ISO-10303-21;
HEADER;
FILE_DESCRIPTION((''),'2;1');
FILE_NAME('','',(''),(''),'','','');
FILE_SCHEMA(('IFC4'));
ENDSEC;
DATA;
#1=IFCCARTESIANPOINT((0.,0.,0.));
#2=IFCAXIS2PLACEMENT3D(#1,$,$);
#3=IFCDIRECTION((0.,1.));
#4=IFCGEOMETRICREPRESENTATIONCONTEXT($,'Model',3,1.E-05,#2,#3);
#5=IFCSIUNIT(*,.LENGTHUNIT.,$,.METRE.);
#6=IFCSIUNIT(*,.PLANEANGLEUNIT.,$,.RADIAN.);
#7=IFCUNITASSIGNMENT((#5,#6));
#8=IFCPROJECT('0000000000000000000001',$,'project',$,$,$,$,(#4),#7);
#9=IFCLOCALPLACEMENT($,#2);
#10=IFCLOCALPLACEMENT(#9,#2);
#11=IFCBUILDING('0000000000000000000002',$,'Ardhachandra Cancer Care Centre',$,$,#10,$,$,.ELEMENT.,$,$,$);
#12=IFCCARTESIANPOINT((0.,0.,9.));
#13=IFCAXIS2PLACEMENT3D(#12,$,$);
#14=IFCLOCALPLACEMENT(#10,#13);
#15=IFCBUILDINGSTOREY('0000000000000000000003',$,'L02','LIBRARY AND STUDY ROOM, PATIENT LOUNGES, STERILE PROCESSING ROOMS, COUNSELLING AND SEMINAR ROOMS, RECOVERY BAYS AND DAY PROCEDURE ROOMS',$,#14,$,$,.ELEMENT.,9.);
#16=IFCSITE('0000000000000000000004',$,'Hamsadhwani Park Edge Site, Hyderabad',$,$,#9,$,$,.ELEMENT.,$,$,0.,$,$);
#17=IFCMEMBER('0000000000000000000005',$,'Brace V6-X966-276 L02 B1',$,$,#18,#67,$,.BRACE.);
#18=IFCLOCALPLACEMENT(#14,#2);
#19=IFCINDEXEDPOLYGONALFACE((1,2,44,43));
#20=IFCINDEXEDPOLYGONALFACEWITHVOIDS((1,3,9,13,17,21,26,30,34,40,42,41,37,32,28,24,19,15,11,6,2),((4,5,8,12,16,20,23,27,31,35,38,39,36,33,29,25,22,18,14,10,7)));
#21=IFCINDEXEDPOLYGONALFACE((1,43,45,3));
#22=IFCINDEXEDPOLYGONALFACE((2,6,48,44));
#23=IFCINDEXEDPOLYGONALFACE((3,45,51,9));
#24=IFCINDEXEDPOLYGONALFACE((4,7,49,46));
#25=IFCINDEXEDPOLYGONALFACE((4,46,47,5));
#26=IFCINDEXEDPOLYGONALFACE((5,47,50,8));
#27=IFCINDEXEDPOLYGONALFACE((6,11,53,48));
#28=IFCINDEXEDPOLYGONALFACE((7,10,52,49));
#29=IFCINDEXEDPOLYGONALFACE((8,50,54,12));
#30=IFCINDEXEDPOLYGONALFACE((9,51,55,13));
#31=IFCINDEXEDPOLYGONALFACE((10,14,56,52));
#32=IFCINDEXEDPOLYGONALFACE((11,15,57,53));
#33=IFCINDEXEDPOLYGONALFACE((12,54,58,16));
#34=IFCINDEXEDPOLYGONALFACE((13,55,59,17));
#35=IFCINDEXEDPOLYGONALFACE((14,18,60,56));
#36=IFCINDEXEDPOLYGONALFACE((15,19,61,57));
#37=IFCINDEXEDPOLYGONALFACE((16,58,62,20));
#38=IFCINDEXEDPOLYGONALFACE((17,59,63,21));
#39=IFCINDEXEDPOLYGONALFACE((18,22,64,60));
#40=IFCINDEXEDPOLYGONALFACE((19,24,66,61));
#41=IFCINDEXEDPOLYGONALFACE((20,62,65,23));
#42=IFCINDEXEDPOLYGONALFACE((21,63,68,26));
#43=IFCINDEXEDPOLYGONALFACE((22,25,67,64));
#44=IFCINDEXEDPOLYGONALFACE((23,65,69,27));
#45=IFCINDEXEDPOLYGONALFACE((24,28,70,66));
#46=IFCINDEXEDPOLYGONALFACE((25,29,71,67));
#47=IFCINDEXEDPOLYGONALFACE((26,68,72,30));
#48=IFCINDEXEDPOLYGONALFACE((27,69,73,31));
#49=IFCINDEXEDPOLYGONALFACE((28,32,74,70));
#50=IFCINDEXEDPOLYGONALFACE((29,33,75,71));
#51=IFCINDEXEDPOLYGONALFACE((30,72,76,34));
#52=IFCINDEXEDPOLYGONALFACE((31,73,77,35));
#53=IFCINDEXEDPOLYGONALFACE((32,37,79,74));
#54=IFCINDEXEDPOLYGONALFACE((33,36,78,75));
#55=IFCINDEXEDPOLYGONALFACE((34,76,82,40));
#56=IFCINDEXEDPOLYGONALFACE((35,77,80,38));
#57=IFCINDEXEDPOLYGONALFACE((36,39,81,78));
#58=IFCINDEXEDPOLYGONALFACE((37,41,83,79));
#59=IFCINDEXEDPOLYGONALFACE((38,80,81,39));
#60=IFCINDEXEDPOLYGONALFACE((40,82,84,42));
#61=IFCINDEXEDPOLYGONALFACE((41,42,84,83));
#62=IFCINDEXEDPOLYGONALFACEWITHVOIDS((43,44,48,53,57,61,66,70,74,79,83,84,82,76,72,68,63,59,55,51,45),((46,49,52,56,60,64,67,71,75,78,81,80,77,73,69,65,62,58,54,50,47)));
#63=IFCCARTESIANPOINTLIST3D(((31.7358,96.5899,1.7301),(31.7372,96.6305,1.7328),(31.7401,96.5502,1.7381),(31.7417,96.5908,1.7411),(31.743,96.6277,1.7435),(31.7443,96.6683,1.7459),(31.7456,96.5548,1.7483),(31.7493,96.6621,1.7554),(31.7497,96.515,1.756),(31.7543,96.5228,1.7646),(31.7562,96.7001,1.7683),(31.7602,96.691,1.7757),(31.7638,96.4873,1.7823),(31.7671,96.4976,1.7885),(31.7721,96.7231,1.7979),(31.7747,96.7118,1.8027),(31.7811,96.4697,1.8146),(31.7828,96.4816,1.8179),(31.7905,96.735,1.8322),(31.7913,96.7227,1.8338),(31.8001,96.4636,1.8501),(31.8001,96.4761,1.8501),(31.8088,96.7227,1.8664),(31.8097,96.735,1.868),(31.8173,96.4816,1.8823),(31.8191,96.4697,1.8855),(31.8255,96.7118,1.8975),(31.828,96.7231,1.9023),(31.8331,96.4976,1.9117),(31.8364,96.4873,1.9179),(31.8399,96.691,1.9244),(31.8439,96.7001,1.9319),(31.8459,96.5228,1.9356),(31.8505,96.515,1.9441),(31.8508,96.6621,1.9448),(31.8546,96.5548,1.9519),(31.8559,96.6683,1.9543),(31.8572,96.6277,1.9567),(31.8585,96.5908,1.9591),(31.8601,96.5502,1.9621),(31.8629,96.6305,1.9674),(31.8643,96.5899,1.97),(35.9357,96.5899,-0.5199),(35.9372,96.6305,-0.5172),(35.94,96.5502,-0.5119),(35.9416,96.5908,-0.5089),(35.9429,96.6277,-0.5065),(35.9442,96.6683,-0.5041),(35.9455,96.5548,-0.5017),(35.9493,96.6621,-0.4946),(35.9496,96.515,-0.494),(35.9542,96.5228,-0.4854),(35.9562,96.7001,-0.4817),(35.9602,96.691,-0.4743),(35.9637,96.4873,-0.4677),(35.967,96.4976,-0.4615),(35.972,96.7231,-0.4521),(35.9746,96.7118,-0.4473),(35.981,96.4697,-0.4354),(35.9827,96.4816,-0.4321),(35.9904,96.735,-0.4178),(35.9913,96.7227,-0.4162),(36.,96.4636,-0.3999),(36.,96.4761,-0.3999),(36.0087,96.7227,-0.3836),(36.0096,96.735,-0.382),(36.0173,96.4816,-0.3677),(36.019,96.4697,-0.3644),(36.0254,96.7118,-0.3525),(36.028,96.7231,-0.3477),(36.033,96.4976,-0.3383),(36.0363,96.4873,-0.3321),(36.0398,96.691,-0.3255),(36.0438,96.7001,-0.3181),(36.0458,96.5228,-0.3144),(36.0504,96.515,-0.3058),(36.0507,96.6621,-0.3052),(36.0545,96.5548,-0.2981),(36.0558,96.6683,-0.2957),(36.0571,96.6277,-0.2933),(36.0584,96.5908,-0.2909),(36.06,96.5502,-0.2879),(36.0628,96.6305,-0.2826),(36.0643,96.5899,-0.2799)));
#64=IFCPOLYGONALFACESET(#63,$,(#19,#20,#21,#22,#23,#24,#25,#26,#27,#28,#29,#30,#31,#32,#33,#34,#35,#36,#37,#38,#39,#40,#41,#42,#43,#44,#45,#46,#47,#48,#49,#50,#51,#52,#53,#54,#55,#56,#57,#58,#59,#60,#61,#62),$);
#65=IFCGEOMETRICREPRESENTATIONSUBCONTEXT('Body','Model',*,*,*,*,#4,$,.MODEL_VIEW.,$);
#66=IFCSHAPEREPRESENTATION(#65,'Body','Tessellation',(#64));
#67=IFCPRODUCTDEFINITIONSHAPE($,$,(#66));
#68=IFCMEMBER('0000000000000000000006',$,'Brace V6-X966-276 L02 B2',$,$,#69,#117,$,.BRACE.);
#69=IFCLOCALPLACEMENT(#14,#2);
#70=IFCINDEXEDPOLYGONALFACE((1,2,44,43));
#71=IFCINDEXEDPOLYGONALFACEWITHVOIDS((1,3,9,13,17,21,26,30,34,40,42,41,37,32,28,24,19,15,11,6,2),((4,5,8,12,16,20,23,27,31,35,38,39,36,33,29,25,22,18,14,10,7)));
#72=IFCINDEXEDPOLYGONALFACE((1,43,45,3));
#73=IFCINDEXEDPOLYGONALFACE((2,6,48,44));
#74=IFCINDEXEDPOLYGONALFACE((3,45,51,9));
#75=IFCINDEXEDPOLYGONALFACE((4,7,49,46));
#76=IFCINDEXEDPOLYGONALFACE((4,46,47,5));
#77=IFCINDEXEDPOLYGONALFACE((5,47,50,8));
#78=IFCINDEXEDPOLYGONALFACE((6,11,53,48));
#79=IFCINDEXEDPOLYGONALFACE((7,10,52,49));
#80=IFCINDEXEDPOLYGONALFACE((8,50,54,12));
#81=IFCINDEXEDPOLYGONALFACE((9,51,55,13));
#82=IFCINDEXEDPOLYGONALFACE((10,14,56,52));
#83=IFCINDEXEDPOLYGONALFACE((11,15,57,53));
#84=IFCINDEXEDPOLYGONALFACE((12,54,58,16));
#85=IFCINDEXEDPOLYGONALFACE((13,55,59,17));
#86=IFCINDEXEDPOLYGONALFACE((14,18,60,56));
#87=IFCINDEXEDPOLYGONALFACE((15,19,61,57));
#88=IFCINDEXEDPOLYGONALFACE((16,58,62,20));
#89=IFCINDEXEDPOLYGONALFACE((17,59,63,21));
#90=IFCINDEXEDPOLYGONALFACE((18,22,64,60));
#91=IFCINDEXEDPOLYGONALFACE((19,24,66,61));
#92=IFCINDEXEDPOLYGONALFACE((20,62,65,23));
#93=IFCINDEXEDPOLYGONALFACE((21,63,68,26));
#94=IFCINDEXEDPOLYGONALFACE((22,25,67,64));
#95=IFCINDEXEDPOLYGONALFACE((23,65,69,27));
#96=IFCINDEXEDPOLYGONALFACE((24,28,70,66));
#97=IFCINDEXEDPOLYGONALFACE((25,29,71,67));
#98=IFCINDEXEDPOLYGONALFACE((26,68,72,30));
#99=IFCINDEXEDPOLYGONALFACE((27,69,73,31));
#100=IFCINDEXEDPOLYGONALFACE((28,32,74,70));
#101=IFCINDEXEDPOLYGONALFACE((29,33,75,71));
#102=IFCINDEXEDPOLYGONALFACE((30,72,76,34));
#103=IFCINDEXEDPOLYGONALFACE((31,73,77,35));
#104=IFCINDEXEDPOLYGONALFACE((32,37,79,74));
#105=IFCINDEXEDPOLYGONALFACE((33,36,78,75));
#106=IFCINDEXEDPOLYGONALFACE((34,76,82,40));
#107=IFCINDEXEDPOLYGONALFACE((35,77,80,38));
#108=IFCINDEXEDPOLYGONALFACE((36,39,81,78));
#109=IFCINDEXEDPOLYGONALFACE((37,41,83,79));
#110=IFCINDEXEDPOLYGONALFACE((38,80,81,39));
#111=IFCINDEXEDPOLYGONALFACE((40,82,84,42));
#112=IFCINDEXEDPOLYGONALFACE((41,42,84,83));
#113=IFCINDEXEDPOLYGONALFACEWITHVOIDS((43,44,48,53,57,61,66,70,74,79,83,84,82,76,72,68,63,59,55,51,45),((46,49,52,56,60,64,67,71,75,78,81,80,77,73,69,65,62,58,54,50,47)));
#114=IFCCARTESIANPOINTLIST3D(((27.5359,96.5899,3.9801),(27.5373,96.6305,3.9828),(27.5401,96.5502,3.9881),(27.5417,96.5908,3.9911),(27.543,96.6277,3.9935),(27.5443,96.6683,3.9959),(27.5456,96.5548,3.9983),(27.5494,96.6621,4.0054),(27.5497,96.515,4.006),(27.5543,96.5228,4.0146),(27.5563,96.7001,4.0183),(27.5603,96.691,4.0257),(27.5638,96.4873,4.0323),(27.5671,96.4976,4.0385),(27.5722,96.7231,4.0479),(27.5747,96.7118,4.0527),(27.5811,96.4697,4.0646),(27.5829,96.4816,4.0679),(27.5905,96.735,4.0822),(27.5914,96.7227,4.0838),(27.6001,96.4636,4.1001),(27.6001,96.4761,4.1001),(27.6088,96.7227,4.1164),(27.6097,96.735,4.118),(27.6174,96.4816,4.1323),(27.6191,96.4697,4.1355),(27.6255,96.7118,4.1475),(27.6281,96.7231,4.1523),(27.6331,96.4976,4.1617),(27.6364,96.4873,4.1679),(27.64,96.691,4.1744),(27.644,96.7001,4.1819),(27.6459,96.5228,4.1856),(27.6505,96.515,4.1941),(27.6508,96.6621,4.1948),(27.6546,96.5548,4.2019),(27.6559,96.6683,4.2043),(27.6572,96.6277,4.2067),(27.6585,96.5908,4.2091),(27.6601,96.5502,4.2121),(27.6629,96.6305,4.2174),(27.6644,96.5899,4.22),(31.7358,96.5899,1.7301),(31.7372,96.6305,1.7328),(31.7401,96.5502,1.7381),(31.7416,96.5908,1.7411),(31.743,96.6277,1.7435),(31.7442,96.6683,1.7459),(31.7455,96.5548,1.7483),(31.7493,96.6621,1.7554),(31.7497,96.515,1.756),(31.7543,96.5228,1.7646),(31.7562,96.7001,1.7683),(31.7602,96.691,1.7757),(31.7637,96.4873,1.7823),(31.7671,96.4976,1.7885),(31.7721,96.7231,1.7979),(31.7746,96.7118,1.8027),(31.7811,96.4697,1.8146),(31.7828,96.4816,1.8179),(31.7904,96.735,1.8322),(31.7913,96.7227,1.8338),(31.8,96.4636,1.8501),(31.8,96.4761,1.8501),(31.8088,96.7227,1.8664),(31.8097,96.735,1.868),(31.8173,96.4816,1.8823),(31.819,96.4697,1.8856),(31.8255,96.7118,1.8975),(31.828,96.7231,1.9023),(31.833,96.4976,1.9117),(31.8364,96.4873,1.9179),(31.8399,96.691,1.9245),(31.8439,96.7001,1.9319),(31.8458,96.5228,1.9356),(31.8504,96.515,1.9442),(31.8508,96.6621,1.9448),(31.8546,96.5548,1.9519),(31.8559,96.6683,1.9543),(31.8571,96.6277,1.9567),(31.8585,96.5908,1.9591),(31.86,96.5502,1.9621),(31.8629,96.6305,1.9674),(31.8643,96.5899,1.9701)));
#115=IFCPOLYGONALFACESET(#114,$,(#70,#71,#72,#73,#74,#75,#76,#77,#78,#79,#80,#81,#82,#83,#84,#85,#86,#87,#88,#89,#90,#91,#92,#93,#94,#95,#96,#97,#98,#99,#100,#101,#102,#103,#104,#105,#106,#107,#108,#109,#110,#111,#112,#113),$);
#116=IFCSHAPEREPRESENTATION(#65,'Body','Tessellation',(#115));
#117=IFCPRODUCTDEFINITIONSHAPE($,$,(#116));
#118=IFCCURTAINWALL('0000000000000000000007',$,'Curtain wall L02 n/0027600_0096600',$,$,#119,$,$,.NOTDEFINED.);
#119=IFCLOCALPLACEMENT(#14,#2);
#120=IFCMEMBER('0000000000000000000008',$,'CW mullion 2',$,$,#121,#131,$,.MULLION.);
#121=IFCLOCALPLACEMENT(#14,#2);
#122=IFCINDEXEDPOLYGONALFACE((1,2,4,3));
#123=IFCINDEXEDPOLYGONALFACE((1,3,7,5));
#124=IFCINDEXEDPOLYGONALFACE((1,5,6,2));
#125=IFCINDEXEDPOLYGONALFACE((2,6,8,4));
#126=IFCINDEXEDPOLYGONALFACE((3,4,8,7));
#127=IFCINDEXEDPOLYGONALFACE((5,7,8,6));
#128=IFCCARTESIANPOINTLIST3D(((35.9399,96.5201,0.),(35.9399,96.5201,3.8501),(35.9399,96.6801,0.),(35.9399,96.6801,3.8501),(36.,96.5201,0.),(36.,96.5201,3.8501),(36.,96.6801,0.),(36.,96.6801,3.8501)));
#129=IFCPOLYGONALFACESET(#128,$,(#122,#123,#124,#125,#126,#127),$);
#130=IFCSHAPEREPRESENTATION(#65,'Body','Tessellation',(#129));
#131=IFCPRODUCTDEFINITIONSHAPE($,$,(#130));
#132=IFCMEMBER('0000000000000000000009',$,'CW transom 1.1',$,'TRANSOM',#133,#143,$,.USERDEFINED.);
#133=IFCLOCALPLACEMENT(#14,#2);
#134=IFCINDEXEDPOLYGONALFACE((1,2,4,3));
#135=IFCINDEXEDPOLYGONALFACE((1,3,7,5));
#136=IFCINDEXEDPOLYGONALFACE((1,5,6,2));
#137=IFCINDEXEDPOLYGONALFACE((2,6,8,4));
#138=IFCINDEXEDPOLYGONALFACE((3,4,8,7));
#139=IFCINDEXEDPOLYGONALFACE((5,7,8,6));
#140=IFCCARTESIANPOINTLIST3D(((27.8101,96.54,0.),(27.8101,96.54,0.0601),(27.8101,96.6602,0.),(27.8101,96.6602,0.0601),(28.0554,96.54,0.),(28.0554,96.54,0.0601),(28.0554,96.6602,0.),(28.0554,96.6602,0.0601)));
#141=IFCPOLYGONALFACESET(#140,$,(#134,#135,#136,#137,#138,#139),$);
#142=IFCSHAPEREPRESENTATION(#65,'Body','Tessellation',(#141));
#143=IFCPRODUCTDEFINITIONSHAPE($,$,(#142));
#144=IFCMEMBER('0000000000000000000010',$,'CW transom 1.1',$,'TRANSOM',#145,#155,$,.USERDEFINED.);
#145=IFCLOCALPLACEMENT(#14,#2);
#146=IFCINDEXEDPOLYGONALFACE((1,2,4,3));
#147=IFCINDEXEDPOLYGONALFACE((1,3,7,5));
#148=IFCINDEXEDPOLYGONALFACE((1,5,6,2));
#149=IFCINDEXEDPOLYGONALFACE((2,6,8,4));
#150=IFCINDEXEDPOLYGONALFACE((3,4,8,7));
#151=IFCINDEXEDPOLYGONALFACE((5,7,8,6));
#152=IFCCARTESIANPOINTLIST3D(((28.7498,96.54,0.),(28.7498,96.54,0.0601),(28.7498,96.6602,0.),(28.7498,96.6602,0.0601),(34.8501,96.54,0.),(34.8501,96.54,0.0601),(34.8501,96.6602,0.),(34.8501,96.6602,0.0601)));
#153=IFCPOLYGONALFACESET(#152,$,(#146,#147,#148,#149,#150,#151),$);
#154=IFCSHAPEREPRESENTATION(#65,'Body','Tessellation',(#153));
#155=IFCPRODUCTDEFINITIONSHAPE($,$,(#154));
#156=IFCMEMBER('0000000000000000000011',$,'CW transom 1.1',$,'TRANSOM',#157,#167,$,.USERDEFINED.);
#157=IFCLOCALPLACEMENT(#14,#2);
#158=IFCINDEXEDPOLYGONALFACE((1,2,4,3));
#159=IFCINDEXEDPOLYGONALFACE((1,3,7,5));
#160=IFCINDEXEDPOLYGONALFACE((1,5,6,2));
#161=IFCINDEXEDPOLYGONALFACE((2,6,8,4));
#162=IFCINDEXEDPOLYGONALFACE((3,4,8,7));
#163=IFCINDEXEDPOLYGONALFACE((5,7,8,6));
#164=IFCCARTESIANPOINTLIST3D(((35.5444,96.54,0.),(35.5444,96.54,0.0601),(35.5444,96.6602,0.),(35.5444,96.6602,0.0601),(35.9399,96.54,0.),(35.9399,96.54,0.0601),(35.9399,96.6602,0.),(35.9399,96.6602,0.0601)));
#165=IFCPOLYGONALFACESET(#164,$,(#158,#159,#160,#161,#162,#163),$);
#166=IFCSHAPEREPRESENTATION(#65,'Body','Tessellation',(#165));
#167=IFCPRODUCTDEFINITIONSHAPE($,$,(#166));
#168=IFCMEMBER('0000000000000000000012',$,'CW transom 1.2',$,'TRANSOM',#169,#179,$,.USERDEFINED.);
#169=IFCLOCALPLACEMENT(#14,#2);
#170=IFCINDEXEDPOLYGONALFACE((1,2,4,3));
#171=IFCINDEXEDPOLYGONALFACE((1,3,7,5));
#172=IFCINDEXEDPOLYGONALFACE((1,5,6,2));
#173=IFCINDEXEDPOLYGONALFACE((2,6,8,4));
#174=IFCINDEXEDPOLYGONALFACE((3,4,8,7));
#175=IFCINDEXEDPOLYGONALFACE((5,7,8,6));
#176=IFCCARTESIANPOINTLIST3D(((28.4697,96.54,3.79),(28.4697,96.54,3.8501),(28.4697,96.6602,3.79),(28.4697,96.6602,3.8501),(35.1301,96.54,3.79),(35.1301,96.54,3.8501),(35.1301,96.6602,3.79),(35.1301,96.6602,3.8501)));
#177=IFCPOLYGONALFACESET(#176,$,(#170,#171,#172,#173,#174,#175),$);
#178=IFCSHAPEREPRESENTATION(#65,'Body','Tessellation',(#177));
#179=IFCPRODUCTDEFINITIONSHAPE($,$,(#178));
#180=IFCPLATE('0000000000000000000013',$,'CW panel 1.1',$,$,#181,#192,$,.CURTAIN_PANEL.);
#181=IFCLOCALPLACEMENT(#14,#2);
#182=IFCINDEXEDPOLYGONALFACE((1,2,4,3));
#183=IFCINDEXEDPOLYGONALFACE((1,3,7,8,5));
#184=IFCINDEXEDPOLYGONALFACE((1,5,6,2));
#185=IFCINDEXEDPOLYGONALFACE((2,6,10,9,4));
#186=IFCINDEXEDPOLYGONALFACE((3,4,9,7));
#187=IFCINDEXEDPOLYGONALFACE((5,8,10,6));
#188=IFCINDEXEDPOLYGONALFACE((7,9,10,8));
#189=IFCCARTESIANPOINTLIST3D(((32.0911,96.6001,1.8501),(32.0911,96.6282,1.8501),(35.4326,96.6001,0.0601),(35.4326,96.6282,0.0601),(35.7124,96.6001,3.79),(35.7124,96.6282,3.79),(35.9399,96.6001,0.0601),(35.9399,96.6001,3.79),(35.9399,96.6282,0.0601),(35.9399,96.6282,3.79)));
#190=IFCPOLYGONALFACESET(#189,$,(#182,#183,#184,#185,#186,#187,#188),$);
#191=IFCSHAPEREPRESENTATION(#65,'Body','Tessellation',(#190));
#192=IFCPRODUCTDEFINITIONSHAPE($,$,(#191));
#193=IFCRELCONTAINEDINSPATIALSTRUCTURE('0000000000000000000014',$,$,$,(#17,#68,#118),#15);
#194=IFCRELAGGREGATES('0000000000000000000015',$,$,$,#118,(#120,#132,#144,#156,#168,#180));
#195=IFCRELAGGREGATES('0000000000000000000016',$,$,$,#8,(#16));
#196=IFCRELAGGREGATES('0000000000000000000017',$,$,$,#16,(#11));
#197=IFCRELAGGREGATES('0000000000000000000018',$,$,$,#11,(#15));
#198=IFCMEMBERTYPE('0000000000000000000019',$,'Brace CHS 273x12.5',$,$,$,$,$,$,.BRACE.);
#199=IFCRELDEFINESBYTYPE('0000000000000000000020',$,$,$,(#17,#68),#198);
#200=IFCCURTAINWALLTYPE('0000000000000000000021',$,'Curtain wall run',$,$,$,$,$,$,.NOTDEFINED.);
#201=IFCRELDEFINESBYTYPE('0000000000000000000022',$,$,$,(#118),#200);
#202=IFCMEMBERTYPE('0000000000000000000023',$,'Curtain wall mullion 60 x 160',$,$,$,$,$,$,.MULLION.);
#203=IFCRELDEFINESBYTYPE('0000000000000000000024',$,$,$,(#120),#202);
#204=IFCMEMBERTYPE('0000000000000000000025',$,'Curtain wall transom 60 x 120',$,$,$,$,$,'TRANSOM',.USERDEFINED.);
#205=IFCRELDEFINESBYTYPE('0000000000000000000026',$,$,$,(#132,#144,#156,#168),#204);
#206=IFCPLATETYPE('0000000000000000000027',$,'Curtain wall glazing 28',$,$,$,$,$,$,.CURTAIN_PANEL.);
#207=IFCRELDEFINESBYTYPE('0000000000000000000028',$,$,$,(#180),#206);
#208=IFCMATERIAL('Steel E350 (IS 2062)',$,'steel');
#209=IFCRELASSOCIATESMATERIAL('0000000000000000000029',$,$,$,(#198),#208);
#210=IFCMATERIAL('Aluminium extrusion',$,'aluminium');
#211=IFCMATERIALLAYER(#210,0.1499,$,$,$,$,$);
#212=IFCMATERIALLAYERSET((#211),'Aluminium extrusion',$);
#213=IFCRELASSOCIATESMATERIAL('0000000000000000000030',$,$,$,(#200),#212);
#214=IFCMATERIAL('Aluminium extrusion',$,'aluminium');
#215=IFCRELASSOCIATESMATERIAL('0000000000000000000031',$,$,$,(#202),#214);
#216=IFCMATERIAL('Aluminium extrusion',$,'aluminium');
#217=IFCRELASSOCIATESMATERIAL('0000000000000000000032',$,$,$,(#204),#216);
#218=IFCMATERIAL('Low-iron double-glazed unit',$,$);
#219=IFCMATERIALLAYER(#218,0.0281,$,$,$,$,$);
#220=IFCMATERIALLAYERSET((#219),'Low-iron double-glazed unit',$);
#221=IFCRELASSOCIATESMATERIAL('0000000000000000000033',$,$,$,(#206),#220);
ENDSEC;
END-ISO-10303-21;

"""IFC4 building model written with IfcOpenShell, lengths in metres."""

from ifc_helpers import new_model, si_unit, direction, frame, origin, origin_2d, place, context, subcontext, project, spatial, polyline, rectangle, hollow_circle, outline, extrude, material, layer, layer_set, material_profile, profile_set, type_object, element, aggregate, save


model = new_model("IFC4")

# Units and contexts
model_context = context("Model", 3, precision=1e-05, world=origin(), true_north=direction((0.0, 1.0)))
body_context = subcontext(model_context, "Body", "Model", "MODEL_VIEW")
ifc_project = project(units=[si_unit("LENGTHUNIT", "METRE"), si_unit("PLANEANGLEUNIT", "RADIAN")], contexts=[model_context])

# Site, building, storey
site_placement = place(None, origin())
site = spatial("IfcSite", under=ifc_project, at=site_placement, Name="Hamsadhwani Park Edge Site, Hyderabad", CompositionType="ELEMENT", RefElevation=0.0)
building_placement = place(site_placement, origin())
building = spatial("IfcBuilding", under=site, at=building_placement, Name="Ardhachandra Cancer Care Centre", CompositionType="ELEMENT")
storey_placement = place(building_placement, frame((0.0, 0.0, 9.0)))
storey = spatial("IfcBuildingStorey", under=building, at=storey_placement, Name="L02", Description="LIBRARY AND STUDY ROOM, PATIENT LOUNGES, STERILE PROCESSING ROOMS, COUNSELLING AND SEMINAR ROOMS, RECOVERY BAYS AND DAY PROCEDURE ROOMS", CompositionType="ELEMENT", Elevation=9.0)

# Members
ifc_material_1 = material(Name="Steel E350 (IS 2062)", Category="steel")
ifc_material_profile_1 = material_profile(ifc_material_1, hollow_circle(Radius=0.1365, WallThickness=0.0125, at=origin_2d()), Name="CHS 273x12.5")
ifc_profile_set_1 = profile_set([ifc_material_profile_1], Name="Steel E350 (IS 2062)")
member_type_1 = type_object("IfcMemberType", Name="Brace CHS 273x12.5", PredefinedType="BRACE", material=ifc_profile_set_1)
for number, where, z_axis, x_axis, name in (
    (1, (36.0, 96.6001, -0.3999), (-0.881478, 0.0, 0.472226), (0.0, -1.0, 0.0), "Brace V6-X966-276 L02 B1"),
    (2, (31.8, 96.6001, 1.8501), (-0.881478, 0.0, 0.472226), (0.0, -1.0, 0.0), "Brace V6-X966-276 L02 B2"),
):
    element("IfcMember", number, at=place(storey_placement, frame(where, z_axis=z_axis, x_axis=x_axis)), inside=storey, type_object=member_type_1, Name=name, PredefinedType="BRACE", context=body_context, shape_type="SweptSolid", body=[
        extrude(hollow_circle(Radius=0.1365, WallThickness=0.0125, at=origin_2d()), origin(), (0.0, 0.0, 1.0), 4.7646),
    ])

# Curtain wall, members, plate
ifc_material_2 = material(Name="Aluminium extrusion", Category="aluminium")
ifc_layer_1 = layer(ifc_material_2, 0.1499)
ifc_layer_set_1 = layer_set([ifc_layer_1], Name="Aluminium extrusion")
curtain_wall_type = type_object("IfcCurtainWallType", Name="Curtain wall run", PredefinedType="NOTDEFINED", material=ifc_layer_set_1)
curtain_wall_placement = place(storey_placement, origin())
curtain_wall = element("IfcCurtainWall", 3, at=curtain_wall_placement, inside=storey, type_object=curtain_wall_type, Name="Curtain wall L02 n/0027600_0096600", PredefinedType="NOTDEFINED")
ifc_material_3 = material(Name="Aluminium extrusion", Category="aluminium")
ifc_material_profile_2 = material_profile(ifc_material_3, rectangle(XDim=0.1599, YDim=0.0601, at=origin_2d()), Name="Curtain wall mullion 60 x 160")
ifc_profile_set_2 = profile_set([ifc_material_profile_2], Name="Aluminium extrusion")
member_type_2 = type_object("IfcMemberType", Name="Curtain wall mullion 60 x 160", PredefinedType="MULLION", material=ifc_profile_set_2)
member_1_placement = place(storey_placement, frame((35.97, 96.6001, 0.0), z_axis=(0.0, 0.0, 1.0), x_axis=(0.0, 1.0, 0.0)))
member_1 = element("IfcMember", 4, at=member_1_placement, type_object=member_type_2, Name="CW mullion 2", PredefinedType="MULLION", context=body_context, shape_type="SweptSolid", body=[
    extrude(rectangle(XDim=0.1599, YDim=0.0601, at=origin_2d()), origin(), (0.0, 0.0, 1.0), 3.8501),
])
ifc_material_4 = material(Name="Aluminium extrusion", Category="aluminium")
ifc_material_profile_3 = material_profile(ifc_material_4, rectangle(XDim=0.1201, YDim=0.0601, at=origin_2d()), Name="Curtain wall transom 60 x 120")
ifc_profile_set_3 = profile_set([ifc_material_profile_3], Name="Aluminium extrusion")
member_type_3 = type_object("IfcMemberType", Name="Curtain wall transom 60 x 120", ElementType="TRANSOM", PredefinedType="USERDEFINED", material=ifc_profile_set_3)
member_2_placement = place(storey_placement, frame((27.8101, 96.6001, 0.03), z_axis=(1.0, 0.0, 0.0), x_axis=(0.0, 1.0, 0.0)))
member_2 = element("IfcMember", 5, at=member_2_placement, type_object=member_type_3, Name="CW transom 1.1", ObjectType="TRANSOM", PredefinedType="USERDEFINED", context=body_context, shape_type="SweptSolid", body=[
    extrude(rectangle(XDim=0.1201, YDim=0.0601, at=origin_2d()), origin(), (0.0, 0.0, 1.0), 0.2454),
])
member_3_placement = place(storey_placement, frame((28.7498, 96.6001, 0.03), z_axis=(1.0, 0.0, 0.0), x_axis=(0.0, 1.0, 0.0)))
member_3 = element("IfcMember", 6, at=member_3_placement, type_object=member_type_3, Name="CW transom 1.1", ObjectType="TRANSOM", PredefinedType="USERDEFINED", context=body_context, shape_type="SweptSolid", body=[
    extrude(rectangle(XDim=0.1201, YDim=0.0601, at=origin_2d()), origin(), (0.0, 0.0, 1.0), 6.1003),
])
member_4_placement = place(storey_placement, frame((35.5444, 96.6001, 0.03), z_axis=(1.0, 0.0, 0.0), x_axis=(0.0, 1.0, 0.0)))
member_4 = element("IfcMember", 7, at=member_4_placement, type_object=member_type_3, Name="CW transom 1.1", ObjectType="TRANSOM", PredefinedType="USERDEFINED", context=body_context, shape_type="SweptSolid", body=[
    extrude(rectangle(XDim=0.1201, YDim=0.0601, at=origin_2d()), origin(), (0.0, 0.0, 1.0), 0.3955),
])
member_5_placement = place(storey_placement, frame((28.4697, 96.6001, 3.8201), z_axis=(1.0, 0.0, 0.0), x_axis=(0.0, 1.0, 0.0)))
member_5 = element("IfcMember", 8, at=member_5_placement, type_object=member_type_3, Name="CW transom 1.2", ObjectType="TRANSOM", PredefinedType="USERDEFINED", context=body_context, shape_type="SweptSolid", body=[
    extrude(rectangle(XDim=0.1201, YDim=0.0601, at=origin_2d()), origin(), (0.0, 0.0, 1.0), 6.6604),
])
ifc_material_5 = material(Name="Low-iron double-glazed unit")
ifc_layer_2 = layer(ifc_material_5, 0.0281)
ifc_layer_set_2 = layer_set([ifc_layer_2], Name="Low-iron double-glazed unit")
plate_type = type_object("IfcPlateType", Name="Curtain wall glazing 28", PredefinedType="CURTAIN_PANEL", material=ifc_layer_set_2)
plate_1_placement = place(storey_placement, frame((35.9399, 96.6001, 3.79), z_axis=(0.0, 1.0, 0.0), x_axis=(0.0, 0.0, -1.0)))
plate_1 = element("IfcPlate", 9, at=plate_1_placement, type_object=plate_type, Name="CW panel 1.1", PredefinedType="CURTAIN_PANEL", context=body_context, shape_type="SweptSolid", body=[
    extrude(outline(polyline([(0.0, 0.0), (3.73, 0.0), (3.73, 0.5073), (1.9399, 3.8489), (0.0, 0.2275), (0.0, 0.0)])), origin(), (0.0, 0.0, 1.0), 0.0281),
])
aggregate(curtain_wall, [member_1, member_2, member_3, member_4, member_5, plate_1])

save(model, "model.ifc")
